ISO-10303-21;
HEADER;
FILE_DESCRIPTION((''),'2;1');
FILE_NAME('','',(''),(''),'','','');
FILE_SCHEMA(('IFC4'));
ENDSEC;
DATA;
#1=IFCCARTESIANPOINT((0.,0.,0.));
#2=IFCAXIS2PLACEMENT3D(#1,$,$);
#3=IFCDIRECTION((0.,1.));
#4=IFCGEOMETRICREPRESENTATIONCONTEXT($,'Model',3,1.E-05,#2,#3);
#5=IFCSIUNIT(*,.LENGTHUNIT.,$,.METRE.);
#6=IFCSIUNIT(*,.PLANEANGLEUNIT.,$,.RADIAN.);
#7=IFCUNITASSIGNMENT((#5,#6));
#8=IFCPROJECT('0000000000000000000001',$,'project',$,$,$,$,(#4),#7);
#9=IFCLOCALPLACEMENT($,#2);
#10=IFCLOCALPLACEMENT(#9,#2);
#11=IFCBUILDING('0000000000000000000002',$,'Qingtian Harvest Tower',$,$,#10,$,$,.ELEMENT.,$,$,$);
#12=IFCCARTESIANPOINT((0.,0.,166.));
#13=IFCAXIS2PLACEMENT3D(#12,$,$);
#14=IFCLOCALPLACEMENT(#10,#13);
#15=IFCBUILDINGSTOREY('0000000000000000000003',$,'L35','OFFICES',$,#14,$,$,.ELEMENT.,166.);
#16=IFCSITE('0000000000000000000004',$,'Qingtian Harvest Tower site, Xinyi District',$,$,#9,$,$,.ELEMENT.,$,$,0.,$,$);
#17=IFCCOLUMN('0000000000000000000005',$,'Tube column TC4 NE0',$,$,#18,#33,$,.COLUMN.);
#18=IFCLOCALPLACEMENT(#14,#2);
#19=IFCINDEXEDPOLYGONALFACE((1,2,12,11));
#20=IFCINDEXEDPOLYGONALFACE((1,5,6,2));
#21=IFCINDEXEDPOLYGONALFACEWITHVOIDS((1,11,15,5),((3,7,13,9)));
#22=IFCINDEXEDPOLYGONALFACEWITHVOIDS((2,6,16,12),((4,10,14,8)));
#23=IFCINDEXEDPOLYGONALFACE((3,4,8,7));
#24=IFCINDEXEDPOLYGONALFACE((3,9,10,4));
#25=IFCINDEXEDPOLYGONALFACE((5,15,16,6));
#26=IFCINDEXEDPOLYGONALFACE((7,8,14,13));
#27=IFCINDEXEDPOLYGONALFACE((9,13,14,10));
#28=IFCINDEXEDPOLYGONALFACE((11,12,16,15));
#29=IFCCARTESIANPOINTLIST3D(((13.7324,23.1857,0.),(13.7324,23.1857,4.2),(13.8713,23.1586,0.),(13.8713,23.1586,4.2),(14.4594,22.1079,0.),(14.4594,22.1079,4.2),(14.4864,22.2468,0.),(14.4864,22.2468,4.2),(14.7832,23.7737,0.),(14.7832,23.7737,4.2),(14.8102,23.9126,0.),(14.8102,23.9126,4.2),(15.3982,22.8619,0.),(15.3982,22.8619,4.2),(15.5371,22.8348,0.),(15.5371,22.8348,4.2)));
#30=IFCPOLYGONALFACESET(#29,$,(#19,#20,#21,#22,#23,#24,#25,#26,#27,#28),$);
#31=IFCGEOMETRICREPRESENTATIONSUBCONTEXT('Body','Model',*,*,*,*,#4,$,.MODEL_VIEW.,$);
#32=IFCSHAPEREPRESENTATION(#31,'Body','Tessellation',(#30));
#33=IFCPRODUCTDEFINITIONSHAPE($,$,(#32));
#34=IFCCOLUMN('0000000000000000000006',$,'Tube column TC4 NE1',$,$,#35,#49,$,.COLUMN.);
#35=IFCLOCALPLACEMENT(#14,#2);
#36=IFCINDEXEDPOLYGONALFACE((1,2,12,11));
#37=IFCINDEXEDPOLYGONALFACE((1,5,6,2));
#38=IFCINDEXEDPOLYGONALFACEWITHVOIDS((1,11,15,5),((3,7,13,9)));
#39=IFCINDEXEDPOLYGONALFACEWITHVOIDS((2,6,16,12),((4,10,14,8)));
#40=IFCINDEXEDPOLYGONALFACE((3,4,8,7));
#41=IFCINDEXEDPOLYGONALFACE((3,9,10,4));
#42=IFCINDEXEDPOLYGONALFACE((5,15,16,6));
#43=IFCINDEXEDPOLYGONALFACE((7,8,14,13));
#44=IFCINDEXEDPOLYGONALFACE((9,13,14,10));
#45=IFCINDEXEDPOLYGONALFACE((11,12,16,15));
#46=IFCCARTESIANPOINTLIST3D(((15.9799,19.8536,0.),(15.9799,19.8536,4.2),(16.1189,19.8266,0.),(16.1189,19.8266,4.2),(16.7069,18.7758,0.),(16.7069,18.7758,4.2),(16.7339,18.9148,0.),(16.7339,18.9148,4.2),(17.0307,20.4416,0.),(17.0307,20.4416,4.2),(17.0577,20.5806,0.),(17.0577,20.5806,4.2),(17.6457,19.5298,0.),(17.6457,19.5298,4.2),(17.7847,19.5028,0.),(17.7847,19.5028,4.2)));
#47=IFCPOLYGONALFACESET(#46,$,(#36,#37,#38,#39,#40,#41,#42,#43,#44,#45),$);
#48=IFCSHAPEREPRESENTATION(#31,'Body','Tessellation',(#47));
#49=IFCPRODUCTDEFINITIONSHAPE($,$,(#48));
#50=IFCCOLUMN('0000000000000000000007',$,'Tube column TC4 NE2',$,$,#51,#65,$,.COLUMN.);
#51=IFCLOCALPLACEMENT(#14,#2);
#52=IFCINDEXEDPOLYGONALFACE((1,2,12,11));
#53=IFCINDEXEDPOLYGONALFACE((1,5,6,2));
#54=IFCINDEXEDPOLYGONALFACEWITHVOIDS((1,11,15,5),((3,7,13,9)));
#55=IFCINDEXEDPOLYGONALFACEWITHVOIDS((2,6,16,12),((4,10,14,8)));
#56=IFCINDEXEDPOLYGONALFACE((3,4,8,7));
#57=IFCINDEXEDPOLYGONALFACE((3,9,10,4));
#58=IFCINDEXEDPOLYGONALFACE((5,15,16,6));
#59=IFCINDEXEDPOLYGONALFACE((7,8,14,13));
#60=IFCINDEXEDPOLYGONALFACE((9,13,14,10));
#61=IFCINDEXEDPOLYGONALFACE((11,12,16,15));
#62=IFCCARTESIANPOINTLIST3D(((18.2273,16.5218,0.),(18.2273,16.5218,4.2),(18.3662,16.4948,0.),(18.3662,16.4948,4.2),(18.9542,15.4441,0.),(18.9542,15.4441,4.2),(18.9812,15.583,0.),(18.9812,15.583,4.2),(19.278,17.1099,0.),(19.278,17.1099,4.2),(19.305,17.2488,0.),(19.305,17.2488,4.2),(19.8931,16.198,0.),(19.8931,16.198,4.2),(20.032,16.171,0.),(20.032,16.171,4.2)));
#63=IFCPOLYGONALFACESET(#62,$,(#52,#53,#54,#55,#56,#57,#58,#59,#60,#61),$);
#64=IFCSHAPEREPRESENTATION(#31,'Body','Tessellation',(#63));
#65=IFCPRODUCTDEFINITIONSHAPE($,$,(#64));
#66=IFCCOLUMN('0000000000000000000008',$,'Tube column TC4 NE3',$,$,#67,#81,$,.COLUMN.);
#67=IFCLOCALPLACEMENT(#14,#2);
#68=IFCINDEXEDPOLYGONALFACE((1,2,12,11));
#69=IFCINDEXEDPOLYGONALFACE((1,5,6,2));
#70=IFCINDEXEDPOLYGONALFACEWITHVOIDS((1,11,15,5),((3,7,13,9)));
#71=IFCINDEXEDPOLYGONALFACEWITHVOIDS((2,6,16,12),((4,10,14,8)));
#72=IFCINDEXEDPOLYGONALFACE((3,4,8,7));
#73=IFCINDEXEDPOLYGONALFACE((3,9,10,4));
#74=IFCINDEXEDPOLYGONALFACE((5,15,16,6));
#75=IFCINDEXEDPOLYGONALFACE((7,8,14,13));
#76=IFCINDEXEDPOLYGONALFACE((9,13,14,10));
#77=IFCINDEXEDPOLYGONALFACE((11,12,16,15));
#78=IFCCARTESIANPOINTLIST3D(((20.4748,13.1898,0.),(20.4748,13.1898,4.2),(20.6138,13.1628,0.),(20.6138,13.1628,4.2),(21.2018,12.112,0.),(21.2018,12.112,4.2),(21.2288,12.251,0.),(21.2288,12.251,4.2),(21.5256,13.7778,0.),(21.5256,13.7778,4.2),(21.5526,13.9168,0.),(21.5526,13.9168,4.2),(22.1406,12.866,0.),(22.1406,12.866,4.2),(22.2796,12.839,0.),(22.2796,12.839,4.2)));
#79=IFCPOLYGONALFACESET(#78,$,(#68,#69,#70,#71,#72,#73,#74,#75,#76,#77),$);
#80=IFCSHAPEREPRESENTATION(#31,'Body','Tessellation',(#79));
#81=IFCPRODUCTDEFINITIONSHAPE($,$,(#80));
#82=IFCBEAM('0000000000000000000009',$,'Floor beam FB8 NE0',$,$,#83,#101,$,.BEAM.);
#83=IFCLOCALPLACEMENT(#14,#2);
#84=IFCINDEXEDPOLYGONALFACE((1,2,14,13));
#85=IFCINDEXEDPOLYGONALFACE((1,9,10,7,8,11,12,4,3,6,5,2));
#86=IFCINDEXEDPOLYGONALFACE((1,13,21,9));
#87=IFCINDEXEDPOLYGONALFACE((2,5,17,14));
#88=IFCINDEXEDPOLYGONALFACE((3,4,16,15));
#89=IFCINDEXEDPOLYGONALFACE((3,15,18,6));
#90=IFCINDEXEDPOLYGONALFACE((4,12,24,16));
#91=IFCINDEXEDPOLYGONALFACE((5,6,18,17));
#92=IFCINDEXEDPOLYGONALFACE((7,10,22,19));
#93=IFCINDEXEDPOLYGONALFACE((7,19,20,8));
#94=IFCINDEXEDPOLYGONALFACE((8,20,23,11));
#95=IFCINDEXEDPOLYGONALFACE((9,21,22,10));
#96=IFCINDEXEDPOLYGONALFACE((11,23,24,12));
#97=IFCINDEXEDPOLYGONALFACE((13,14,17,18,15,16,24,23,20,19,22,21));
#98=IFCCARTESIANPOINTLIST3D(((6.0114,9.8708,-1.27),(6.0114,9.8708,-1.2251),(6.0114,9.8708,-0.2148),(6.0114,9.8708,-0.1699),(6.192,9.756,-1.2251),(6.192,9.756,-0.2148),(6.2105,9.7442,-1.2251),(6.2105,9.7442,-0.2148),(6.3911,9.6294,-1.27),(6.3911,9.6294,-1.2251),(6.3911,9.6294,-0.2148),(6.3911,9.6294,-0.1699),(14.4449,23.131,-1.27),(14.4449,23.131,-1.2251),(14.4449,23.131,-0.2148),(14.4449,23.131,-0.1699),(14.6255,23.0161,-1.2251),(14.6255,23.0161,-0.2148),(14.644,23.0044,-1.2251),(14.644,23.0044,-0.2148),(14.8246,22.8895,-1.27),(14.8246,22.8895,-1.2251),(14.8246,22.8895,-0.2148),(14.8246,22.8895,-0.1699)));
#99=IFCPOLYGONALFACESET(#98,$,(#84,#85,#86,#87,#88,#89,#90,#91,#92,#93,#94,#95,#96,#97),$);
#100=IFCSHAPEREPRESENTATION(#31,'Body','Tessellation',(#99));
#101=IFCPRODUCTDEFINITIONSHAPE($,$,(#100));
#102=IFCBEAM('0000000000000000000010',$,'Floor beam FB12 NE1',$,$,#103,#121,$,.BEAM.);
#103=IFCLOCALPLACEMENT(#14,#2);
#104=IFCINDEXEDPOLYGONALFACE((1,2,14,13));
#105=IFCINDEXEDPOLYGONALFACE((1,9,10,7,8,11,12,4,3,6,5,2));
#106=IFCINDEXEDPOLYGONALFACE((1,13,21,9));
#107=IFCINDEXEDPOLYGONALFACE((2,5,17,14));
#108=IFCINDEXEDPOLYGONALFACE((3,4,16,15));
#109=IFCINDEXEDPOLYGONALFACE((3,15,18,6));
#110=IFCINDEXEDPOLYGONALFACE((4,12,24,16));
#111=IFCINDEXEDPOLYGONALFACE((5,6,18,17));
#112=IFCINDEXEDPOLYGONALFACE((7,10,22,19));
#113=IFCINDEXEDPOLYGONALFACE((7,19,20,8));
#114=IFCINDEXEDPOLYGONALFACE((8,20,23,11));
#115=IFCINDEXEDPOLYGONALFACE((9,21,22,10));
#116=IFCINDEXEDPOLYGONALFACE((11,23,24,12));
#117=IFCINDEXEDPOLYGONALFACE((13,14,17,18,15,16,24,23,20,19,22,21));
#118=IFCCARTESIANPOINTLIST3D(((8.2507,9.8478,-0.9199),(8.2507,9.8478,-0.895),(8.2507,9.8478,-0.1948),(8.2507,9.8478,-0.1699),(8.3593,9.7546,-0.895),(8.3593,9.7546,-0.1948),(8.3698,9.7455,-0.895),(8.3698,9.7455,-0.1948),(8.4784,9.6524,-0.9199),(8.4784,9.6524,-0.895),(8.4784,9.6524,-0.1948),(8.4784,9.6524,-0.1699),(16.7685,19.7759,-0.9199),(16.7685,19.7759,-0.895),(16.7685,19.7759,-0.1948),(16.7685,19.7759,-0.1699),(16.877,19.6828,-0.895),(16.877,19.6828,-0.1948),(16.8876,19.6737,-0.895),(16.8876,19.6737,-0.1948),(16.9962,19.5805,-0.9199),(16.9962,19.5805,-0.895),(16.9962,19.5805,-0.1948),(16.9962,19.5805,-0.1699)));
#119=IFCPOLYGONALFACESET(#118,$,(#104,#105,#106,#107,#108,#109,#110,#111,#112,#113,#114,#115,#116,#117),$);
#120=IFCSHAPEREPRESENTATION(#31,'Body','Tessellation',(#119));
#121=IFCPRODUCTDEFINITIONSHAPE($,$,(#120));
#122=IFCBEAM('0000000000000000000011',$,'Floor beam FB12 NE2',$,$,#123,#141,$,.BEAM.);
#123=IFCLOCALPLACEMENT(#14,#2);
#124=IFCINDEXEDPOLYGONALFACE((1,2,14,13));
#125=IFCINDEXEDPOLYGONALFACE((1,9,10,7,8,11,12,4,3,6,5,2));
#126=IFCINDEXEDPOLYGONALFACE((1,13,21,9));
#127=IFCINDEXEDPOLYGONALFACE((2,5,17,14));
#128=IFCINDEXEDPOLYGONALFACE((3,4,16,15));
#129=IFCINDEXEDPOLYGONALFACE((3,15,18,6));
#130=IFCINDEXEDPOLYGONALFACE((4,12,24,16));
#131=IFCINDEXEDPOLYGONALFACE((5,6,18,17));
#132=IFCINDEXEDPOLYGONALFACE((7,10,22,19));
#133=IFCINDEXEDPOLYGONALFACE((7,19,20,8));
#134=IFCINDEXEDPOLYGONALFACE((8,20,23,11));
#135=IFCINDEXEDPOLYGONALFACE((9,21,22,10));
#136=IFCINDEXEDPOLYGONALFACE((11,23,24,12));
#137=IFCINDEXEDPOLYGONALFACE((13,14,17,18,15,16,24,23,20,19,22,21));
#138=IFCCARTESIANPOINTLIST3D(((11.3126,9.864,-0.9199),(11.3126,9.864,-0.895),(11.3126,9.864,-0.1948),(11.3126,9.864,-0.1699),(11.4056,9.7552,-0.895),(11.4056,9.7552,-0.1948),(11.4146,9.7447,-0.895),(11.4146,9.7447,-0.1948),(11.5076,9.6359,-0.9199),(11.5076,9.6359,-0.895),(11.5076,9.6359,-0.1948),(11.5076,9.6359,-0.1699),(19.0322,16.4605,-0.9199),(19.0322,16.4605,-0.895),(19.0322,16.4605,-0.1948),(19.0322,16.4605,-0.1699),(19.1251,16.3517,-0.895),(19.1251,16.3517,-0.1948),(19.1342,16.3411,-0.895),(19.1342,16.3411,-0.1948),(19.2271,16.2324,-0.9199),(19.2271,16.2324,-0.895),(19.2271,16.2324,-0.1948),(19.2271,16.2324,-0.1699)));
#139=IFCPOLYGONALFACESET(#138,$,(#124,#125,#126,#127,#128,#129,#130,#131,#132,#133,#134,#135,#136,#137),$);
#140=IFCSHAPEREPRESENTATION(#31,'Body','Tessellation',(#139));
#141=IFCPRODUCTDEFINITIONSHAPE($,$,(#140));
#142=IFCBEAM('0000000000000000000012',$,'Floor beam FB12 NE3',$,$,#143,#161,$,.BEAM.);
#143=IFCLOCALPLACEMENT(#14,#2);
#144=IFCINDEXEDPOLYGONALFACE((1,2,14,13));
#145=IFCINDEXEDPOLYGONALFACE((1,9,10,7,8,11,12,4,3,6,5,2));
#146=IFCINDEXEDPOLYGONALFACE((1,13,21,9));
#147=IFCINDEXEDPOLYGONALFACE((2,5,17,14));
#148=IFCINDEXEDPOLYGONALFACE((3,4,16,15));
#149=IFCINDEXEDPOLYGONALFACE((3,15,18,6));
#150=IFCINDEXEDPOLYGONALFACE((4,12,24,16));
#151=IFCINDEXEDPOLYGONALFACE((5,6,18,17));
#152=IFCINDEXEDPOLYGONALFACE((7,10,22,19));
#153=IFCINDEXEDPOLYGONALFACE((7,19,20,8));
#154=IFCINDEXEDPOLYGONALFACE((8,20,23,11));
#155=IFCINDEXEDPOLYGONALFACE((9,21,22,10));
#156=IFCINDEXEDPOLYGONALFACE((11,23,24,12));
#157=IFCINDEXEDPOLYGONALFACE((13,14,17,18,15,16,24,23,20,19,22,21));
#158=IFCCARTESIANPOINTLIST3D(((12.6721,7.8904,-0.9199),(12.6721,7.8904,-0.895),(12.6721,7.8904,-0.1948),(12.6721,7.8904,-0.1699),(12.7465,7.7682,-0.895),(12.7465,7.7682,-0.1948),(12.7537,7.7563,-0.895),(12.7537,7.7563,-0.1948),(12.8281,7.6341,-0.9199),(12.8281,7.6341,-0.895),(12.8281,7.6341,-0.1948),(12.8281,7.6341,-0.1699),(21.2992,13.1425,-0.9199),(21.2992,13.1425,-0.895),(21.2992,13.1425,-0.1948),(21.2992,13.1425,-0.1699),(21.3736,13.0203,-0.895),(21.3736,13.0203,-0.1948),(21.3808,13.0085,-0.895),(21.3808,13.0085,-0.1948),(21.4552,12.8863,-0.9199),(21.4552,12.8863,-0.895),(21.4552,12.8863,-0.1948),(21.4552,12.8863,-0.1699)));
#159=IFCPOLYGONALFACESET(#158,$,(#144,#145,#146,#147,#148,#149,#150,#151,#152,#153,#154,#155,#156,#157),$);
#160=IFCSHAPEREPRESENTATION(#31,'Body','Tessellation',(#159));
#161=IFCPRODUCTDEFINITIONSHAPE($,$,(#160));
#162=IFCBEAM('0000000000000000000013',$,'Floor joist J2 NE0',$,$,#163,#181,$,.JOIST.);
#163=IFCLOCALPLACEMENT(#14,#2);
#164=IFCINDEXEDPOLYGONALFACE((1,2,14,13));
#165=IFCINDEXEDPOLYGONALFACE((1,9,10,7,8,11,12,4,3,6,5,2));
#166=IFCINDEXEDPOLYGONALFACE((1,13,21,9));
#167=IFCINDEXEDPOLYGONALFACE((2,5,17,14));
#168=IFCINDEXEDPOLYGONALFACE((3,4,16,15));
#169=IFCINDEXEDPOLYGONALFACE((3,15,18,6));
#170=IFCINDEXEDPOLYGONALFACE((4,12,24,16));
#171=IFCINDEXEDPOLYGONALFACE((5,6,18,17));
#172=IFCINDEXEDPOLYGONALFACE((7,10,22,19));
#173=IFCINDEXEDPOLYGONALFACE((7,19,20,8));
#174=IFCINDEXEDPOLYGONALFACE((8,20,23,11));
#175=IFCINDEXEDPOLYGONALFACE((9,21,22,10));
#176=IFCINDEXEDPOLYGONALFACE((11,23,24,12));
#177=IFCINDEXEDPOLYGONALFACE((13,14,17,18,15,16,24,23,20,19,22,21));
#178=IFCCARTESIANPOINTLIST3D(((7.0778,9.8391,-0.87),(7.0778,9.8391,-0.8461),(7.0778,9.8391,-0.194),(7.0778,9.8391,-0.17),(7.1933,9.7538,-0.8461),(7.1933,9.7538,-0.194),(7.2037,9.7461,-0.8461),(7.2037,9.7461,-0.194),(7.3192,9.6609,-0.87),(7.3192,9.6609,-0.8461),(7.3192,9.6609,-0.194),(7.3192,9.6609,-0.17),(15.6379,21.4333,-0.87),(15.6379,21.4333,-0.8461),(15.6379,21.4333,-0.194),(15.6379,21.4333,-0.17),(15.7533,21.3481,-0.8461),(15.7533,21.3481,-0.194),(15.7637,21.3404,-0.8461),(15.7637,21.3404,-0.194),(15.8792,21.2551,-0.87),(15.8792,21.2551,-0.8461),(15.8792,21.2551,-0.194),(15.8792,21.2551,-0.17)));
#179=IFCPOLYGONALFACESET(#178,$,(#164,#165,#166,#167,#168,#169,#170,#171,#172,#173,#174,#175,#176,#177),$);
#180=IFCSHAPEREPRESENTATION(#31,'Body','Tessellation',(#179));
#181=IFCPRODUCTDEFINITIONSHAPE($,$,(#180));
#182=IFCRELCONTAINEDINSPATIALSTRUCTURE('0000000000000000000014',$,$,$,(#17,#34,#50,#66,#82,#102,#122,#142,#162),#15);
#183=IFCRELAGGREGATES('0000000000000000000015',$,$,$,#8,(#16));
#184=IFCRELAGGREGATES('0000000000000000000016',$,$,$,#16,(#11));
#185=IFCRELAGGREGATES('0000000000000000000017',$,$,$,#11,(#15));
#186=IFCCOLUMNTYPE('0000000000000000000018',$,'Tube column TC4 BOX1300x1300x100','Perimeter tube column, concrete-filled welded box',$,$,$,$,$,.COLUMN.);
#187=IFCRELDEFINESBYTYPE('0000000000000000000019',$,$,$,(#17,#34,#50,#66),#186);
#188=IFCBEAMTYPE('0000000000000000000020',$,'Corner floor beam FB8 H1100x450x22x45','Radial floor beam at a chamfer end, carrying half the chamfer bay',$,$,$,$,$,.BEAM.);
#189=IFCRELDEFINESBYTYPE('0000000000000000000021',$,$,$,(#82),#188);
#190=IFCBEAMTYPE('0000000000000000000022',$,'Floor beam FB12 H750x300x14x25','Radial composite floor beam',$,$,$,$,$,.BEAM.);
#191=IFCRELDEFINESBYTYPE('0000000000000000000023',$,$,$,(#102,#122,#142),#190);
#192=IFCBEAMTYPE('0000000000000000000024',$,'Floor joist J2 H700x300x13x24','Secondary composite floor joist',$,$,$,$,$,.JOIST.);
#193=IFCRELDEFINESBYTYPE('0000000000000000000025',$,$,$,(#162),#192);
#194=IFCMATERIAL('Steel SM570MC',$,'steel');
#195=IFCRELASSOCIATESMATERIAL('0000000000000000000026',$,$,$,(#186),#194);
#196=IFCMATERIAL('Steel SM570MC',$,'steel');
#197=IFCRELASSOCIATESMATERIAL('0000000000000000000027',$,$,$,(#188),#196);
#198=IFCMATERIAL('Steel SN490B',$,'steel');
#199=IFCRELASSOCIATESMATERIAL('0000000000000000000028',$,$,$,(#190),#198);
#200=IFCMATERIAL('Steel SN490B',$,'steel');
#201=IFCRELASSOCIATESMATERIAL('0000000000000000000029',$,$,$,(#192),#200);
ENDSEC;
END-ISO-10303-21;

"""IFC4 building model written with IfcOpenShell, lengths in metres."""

from ifc_helpers import new_model, si_unit, direction, frame, origin, origin_2d, place, context, subcontext, project, spatial, hollow_rectangle, i_section, extrude, material, material_profile, profile_set, type_object, element, save


model = new_model("IFC4")

# Units and contexts
model_context = context("Model", 3, precision=1e-05, world=origin(), true_north=direction((0.0, 1.0)))
body_context = subcontext(model_context, "Body", "Model", "MODEL_VIEW")
ifc_project = project(units=[si_unit("LENGTHUNIT", "METRE"), si_unit("PLANEANGLEUNIT", "RADIAN")], contexts=[model_context])

# Site, building, storey
site_placement = place(None, origin())
site = spatial("IfcSite", under=ifc_project, at=site_placement, Name="Qingtian Harvest Tower site, Xinyi District", CompositionType="ELEMENT", RefElevation=0.0)
building_placement = place(site_placement, origin())
building = spatial("IfcBuilding", under=site, at=building_placement, Name="Qingtian Harvest Tower", CompositionType="ELEMENT")
storey_placement = place(building_placement, frame((0.0, 0.0, 166.0)))
storey = spatial("IfcBuildingStorey", under=building, at=storey_placement, Name="L35", Description="OFFICES", CompositionType="ELEMENT", Elevation=166.0)

# Columns
ifc_material_1 = material(Name="Steel SM570MC", Category="steel")
ifc_material_profile_1 = material_profile(ifc_material_1, hollow_rectangle(XDim=1.3, YDim=1.3, WallThickness=0.1001, at=origin_2d()), Name="BOX1300x1300x100")
ifc_profile_set_1 = profile_set([ifc_material_profile_1], Name="Steel SM570MC")
column_type = type_object("IfcColumnType", Name="Tube column TC4 BOX1300x1300x100", Description="Perimeter tube column, concrete-filled welded box", PredefinedType="COLUMN", material=ifc_profile_set_1)
for number, where, z_axis, x_axis, name in (
    (1, (14.6348, 23.0103, 0.0), (0.0, 0.0, 1.0), (-0.559193, 0.829038, 0.0), "Tube column TC4 NE0"),
    (2, (16.8823, 19.6782, 0.0), (0.0, 0.0, 1.0), (-0.559193, 0.829038, 0.0), "Tube column TC4 NE1"),
    (3, (19.1296, 16.3464, 0.0), (0.0, 0.0, 1.0), (-0.559193, 0.829038, 0.0), "Tube column TC4 NE2"),
    (4, (21.3772, 13.0144, 0.0), (0.0, 0.0, 1.0), (-0.559193, 0.829038, 0.0), "Tube column TC4 NE3"),
):
    element("IfcColumn", number, at=place(storey_placement, frame(where, z_axis=z_axis, x_axis=x_axis)), inside=storey, type_object=column_type, Name=name, PredefinedType="COLUMN", context=body_context, shape_type="SweptSolid", body=[
        extrude(hollow_rectangle(XDim=1.3, YDim=1.3, WallThickness=0.1001, at=origin_2d()), origin(), (0.0, 0.0, 1.0), 4.2),
    ])

# Beams
ifc_material_2 = material(Name="Steel SM570MC", Category="steel")
ifc_material_profile_2 = material_profile(ifc_material_2, i_section(OverallWidth=0.45, OverallDepth=1.1001, WebThickness=0.022, FlangeThickness=0.0449, at=origin_2d()), Name="H1100x450x22x45")
ifc_profile_set_2 = profile_set([ifc_material_profile_2], Name="Steel SM570MC")
beam_type_1 = type_object("IfcBeamType", Name="Corner floor beam FB8 H1100x450x22x45", Description="Radial floor beam at a chamfer end, carrying half the chamfer bay", PredefinedType="BEAM", material=ifc_profile_set_2)
beam_1_placement = place(storey_placement, frame((14.6348, 23.0103, -0.72), z_axis=(-0.53666, -0.843798, 0.0), x_axis=(0.843798, -0.53666, 0.0)))
element("IfcBeam", 5, at=beam_1_placement, inside=storey, type_object=beam_type_1, Name="Floor beam FB8 NE0", PredefinedType="BEAM", context=body_context, shape_type="SweptSolid", body=[
    extrude(i_section(OverallWidth=0.45, OverallDepth=1.1001, WebThickness=0.022, FlangeThickness=0.0449, at=origin_2d()), origin(), (0.0, 0.0, 1.0), 15.7148),
])
ifc_material_3 = material(Name="Steel SN490B", Category="steel")
ifc_material_profile_3 = material_profile(ifc_material_3, i_section(OverallWidth=0.3, OverallDepth=0.75, WebThickness=0.0139, FlangeThickness=0.0249, at=origin_2d()), Name="H750x300x14x25")
ifc_profile_set_3 = profile_set([ifc_material_profile_3], Name="Steel SN490B")
beam_type_2 = type_object("IfcBeamType", Name="Floor beam FB12 H750x300x14x25", Description="Radial composite floor beam", PredefinedType="BEAM", material=ifc_profile_set_3)
beam_2_placement = place(storey_placement, frame((16.8823, 19.6782, -0.5449), z_axis=(-0.65114, -0.758957, 0.0), x_axis=(0.758957, -0.65114, 0.0)))
element("IfcBeam", 6, at=beam_2_placement, inside=storey, type_object=beam_type_2, Name="Floor beam FB12 NE1", PredefinedType="BEAM", context=body_context, shape_type="SweptSolid", body=[
    extrude(i_section(OverallWidth=0.3, OverallDepth=0.75, WebThickness=0.0139, FlangeThickness=0.0249, at=origin_2d()), origin(), (0.0, 0.0, 1.0), 13.0813),
])
beam_3_placement = place(storey_placement, frame((19.1296, 16.3464, -0.5449), z_axis=(-0.760242, -0.64964, 0.0), x_axis=(0.64964, -0.760242, 0.0)))
element("IfcBeam", 7, at=beam_3_placement, inside=storey, type_object=beam_type_2, Name="Floor beam FB12 NE2", PredefinedType="BEAM", context=body_context, shape_type="SweptSolid", body=[
    extrude(i_section(OverallWidth=0.3, OverallDepth=0.75, WebThickness=0.0139, FlangeThickness=0.0249, at=origin_2d()), origin(), (0.0, 0.0, 1.0), 10.1541),
])
beam_4_placement = place(storey_placement, frame((21.3772, 13.0144, -0.5449), z_axis=(-0.854161, -0.520009, 0.0), x_axis=(0.520009, -0.854161, 0.0)))
element("IfcBeam", 8, at=beam_4_placement, inside=storey, type_object=beam_type_2, Name="Floor beam FB12 NE3", PredefinedType="BEAM", context=body_context, shape_type="SweptSolid", body=[
    extrude(i_section(OverallWidth=0.3, OverallDepth=0.75, WebThickness=0.0139, FlangeThickness=0.0249, at=origin_2d()), origin(), (0.0, 0.0, 1.0), 10.1001),
])
ifc_material_4 = material(Name="Steel SN490B", Category="steel")
ifc_material_profile_4 = material_profile(ifc_material_4, i_section(OverallWidth=0.3, OverallDepth=0.7, WebThickness=0.0129, FlangeThickness=0.0239, at=origin_2d()), Name="H700x300x13x24")
ifc_profile_set_4 = profile_set([ifc_material_profile_4], Name="Steel SN490B")
beam_type_3 = type_object("IfcBeamType", Name="Floor joist J2 H700x300x13x24", Description="Secondary composite floor joist", PredefinedType="JOIST", material=ifc_profile_set_4)
beam_5_placement = place(storey_placement, frame((15.7585, 21.3442, -0.52), z_axis=(-0.59396, -0.804494, 0.0), x_axis=(0.804494, -0.59396, 0.0)))
element("IfcBeam", 9, at=beam_5_placement, inside=storey, type_object=beam_type_3, Name="Floor joist J2 NE0", PredefinedType="JOIST", context=body_context, shape_type="SweptSolid", body=[
    extrude(i_section(OverallWidth=0.3, OverallDepth=0.7, WebThickness=0.0129, FlangeThickness=0.0239, at=origin_2d()), origin(), (0.0, 0.0, 1.0), 14.4119),
])

save(model, "model.ifc")
